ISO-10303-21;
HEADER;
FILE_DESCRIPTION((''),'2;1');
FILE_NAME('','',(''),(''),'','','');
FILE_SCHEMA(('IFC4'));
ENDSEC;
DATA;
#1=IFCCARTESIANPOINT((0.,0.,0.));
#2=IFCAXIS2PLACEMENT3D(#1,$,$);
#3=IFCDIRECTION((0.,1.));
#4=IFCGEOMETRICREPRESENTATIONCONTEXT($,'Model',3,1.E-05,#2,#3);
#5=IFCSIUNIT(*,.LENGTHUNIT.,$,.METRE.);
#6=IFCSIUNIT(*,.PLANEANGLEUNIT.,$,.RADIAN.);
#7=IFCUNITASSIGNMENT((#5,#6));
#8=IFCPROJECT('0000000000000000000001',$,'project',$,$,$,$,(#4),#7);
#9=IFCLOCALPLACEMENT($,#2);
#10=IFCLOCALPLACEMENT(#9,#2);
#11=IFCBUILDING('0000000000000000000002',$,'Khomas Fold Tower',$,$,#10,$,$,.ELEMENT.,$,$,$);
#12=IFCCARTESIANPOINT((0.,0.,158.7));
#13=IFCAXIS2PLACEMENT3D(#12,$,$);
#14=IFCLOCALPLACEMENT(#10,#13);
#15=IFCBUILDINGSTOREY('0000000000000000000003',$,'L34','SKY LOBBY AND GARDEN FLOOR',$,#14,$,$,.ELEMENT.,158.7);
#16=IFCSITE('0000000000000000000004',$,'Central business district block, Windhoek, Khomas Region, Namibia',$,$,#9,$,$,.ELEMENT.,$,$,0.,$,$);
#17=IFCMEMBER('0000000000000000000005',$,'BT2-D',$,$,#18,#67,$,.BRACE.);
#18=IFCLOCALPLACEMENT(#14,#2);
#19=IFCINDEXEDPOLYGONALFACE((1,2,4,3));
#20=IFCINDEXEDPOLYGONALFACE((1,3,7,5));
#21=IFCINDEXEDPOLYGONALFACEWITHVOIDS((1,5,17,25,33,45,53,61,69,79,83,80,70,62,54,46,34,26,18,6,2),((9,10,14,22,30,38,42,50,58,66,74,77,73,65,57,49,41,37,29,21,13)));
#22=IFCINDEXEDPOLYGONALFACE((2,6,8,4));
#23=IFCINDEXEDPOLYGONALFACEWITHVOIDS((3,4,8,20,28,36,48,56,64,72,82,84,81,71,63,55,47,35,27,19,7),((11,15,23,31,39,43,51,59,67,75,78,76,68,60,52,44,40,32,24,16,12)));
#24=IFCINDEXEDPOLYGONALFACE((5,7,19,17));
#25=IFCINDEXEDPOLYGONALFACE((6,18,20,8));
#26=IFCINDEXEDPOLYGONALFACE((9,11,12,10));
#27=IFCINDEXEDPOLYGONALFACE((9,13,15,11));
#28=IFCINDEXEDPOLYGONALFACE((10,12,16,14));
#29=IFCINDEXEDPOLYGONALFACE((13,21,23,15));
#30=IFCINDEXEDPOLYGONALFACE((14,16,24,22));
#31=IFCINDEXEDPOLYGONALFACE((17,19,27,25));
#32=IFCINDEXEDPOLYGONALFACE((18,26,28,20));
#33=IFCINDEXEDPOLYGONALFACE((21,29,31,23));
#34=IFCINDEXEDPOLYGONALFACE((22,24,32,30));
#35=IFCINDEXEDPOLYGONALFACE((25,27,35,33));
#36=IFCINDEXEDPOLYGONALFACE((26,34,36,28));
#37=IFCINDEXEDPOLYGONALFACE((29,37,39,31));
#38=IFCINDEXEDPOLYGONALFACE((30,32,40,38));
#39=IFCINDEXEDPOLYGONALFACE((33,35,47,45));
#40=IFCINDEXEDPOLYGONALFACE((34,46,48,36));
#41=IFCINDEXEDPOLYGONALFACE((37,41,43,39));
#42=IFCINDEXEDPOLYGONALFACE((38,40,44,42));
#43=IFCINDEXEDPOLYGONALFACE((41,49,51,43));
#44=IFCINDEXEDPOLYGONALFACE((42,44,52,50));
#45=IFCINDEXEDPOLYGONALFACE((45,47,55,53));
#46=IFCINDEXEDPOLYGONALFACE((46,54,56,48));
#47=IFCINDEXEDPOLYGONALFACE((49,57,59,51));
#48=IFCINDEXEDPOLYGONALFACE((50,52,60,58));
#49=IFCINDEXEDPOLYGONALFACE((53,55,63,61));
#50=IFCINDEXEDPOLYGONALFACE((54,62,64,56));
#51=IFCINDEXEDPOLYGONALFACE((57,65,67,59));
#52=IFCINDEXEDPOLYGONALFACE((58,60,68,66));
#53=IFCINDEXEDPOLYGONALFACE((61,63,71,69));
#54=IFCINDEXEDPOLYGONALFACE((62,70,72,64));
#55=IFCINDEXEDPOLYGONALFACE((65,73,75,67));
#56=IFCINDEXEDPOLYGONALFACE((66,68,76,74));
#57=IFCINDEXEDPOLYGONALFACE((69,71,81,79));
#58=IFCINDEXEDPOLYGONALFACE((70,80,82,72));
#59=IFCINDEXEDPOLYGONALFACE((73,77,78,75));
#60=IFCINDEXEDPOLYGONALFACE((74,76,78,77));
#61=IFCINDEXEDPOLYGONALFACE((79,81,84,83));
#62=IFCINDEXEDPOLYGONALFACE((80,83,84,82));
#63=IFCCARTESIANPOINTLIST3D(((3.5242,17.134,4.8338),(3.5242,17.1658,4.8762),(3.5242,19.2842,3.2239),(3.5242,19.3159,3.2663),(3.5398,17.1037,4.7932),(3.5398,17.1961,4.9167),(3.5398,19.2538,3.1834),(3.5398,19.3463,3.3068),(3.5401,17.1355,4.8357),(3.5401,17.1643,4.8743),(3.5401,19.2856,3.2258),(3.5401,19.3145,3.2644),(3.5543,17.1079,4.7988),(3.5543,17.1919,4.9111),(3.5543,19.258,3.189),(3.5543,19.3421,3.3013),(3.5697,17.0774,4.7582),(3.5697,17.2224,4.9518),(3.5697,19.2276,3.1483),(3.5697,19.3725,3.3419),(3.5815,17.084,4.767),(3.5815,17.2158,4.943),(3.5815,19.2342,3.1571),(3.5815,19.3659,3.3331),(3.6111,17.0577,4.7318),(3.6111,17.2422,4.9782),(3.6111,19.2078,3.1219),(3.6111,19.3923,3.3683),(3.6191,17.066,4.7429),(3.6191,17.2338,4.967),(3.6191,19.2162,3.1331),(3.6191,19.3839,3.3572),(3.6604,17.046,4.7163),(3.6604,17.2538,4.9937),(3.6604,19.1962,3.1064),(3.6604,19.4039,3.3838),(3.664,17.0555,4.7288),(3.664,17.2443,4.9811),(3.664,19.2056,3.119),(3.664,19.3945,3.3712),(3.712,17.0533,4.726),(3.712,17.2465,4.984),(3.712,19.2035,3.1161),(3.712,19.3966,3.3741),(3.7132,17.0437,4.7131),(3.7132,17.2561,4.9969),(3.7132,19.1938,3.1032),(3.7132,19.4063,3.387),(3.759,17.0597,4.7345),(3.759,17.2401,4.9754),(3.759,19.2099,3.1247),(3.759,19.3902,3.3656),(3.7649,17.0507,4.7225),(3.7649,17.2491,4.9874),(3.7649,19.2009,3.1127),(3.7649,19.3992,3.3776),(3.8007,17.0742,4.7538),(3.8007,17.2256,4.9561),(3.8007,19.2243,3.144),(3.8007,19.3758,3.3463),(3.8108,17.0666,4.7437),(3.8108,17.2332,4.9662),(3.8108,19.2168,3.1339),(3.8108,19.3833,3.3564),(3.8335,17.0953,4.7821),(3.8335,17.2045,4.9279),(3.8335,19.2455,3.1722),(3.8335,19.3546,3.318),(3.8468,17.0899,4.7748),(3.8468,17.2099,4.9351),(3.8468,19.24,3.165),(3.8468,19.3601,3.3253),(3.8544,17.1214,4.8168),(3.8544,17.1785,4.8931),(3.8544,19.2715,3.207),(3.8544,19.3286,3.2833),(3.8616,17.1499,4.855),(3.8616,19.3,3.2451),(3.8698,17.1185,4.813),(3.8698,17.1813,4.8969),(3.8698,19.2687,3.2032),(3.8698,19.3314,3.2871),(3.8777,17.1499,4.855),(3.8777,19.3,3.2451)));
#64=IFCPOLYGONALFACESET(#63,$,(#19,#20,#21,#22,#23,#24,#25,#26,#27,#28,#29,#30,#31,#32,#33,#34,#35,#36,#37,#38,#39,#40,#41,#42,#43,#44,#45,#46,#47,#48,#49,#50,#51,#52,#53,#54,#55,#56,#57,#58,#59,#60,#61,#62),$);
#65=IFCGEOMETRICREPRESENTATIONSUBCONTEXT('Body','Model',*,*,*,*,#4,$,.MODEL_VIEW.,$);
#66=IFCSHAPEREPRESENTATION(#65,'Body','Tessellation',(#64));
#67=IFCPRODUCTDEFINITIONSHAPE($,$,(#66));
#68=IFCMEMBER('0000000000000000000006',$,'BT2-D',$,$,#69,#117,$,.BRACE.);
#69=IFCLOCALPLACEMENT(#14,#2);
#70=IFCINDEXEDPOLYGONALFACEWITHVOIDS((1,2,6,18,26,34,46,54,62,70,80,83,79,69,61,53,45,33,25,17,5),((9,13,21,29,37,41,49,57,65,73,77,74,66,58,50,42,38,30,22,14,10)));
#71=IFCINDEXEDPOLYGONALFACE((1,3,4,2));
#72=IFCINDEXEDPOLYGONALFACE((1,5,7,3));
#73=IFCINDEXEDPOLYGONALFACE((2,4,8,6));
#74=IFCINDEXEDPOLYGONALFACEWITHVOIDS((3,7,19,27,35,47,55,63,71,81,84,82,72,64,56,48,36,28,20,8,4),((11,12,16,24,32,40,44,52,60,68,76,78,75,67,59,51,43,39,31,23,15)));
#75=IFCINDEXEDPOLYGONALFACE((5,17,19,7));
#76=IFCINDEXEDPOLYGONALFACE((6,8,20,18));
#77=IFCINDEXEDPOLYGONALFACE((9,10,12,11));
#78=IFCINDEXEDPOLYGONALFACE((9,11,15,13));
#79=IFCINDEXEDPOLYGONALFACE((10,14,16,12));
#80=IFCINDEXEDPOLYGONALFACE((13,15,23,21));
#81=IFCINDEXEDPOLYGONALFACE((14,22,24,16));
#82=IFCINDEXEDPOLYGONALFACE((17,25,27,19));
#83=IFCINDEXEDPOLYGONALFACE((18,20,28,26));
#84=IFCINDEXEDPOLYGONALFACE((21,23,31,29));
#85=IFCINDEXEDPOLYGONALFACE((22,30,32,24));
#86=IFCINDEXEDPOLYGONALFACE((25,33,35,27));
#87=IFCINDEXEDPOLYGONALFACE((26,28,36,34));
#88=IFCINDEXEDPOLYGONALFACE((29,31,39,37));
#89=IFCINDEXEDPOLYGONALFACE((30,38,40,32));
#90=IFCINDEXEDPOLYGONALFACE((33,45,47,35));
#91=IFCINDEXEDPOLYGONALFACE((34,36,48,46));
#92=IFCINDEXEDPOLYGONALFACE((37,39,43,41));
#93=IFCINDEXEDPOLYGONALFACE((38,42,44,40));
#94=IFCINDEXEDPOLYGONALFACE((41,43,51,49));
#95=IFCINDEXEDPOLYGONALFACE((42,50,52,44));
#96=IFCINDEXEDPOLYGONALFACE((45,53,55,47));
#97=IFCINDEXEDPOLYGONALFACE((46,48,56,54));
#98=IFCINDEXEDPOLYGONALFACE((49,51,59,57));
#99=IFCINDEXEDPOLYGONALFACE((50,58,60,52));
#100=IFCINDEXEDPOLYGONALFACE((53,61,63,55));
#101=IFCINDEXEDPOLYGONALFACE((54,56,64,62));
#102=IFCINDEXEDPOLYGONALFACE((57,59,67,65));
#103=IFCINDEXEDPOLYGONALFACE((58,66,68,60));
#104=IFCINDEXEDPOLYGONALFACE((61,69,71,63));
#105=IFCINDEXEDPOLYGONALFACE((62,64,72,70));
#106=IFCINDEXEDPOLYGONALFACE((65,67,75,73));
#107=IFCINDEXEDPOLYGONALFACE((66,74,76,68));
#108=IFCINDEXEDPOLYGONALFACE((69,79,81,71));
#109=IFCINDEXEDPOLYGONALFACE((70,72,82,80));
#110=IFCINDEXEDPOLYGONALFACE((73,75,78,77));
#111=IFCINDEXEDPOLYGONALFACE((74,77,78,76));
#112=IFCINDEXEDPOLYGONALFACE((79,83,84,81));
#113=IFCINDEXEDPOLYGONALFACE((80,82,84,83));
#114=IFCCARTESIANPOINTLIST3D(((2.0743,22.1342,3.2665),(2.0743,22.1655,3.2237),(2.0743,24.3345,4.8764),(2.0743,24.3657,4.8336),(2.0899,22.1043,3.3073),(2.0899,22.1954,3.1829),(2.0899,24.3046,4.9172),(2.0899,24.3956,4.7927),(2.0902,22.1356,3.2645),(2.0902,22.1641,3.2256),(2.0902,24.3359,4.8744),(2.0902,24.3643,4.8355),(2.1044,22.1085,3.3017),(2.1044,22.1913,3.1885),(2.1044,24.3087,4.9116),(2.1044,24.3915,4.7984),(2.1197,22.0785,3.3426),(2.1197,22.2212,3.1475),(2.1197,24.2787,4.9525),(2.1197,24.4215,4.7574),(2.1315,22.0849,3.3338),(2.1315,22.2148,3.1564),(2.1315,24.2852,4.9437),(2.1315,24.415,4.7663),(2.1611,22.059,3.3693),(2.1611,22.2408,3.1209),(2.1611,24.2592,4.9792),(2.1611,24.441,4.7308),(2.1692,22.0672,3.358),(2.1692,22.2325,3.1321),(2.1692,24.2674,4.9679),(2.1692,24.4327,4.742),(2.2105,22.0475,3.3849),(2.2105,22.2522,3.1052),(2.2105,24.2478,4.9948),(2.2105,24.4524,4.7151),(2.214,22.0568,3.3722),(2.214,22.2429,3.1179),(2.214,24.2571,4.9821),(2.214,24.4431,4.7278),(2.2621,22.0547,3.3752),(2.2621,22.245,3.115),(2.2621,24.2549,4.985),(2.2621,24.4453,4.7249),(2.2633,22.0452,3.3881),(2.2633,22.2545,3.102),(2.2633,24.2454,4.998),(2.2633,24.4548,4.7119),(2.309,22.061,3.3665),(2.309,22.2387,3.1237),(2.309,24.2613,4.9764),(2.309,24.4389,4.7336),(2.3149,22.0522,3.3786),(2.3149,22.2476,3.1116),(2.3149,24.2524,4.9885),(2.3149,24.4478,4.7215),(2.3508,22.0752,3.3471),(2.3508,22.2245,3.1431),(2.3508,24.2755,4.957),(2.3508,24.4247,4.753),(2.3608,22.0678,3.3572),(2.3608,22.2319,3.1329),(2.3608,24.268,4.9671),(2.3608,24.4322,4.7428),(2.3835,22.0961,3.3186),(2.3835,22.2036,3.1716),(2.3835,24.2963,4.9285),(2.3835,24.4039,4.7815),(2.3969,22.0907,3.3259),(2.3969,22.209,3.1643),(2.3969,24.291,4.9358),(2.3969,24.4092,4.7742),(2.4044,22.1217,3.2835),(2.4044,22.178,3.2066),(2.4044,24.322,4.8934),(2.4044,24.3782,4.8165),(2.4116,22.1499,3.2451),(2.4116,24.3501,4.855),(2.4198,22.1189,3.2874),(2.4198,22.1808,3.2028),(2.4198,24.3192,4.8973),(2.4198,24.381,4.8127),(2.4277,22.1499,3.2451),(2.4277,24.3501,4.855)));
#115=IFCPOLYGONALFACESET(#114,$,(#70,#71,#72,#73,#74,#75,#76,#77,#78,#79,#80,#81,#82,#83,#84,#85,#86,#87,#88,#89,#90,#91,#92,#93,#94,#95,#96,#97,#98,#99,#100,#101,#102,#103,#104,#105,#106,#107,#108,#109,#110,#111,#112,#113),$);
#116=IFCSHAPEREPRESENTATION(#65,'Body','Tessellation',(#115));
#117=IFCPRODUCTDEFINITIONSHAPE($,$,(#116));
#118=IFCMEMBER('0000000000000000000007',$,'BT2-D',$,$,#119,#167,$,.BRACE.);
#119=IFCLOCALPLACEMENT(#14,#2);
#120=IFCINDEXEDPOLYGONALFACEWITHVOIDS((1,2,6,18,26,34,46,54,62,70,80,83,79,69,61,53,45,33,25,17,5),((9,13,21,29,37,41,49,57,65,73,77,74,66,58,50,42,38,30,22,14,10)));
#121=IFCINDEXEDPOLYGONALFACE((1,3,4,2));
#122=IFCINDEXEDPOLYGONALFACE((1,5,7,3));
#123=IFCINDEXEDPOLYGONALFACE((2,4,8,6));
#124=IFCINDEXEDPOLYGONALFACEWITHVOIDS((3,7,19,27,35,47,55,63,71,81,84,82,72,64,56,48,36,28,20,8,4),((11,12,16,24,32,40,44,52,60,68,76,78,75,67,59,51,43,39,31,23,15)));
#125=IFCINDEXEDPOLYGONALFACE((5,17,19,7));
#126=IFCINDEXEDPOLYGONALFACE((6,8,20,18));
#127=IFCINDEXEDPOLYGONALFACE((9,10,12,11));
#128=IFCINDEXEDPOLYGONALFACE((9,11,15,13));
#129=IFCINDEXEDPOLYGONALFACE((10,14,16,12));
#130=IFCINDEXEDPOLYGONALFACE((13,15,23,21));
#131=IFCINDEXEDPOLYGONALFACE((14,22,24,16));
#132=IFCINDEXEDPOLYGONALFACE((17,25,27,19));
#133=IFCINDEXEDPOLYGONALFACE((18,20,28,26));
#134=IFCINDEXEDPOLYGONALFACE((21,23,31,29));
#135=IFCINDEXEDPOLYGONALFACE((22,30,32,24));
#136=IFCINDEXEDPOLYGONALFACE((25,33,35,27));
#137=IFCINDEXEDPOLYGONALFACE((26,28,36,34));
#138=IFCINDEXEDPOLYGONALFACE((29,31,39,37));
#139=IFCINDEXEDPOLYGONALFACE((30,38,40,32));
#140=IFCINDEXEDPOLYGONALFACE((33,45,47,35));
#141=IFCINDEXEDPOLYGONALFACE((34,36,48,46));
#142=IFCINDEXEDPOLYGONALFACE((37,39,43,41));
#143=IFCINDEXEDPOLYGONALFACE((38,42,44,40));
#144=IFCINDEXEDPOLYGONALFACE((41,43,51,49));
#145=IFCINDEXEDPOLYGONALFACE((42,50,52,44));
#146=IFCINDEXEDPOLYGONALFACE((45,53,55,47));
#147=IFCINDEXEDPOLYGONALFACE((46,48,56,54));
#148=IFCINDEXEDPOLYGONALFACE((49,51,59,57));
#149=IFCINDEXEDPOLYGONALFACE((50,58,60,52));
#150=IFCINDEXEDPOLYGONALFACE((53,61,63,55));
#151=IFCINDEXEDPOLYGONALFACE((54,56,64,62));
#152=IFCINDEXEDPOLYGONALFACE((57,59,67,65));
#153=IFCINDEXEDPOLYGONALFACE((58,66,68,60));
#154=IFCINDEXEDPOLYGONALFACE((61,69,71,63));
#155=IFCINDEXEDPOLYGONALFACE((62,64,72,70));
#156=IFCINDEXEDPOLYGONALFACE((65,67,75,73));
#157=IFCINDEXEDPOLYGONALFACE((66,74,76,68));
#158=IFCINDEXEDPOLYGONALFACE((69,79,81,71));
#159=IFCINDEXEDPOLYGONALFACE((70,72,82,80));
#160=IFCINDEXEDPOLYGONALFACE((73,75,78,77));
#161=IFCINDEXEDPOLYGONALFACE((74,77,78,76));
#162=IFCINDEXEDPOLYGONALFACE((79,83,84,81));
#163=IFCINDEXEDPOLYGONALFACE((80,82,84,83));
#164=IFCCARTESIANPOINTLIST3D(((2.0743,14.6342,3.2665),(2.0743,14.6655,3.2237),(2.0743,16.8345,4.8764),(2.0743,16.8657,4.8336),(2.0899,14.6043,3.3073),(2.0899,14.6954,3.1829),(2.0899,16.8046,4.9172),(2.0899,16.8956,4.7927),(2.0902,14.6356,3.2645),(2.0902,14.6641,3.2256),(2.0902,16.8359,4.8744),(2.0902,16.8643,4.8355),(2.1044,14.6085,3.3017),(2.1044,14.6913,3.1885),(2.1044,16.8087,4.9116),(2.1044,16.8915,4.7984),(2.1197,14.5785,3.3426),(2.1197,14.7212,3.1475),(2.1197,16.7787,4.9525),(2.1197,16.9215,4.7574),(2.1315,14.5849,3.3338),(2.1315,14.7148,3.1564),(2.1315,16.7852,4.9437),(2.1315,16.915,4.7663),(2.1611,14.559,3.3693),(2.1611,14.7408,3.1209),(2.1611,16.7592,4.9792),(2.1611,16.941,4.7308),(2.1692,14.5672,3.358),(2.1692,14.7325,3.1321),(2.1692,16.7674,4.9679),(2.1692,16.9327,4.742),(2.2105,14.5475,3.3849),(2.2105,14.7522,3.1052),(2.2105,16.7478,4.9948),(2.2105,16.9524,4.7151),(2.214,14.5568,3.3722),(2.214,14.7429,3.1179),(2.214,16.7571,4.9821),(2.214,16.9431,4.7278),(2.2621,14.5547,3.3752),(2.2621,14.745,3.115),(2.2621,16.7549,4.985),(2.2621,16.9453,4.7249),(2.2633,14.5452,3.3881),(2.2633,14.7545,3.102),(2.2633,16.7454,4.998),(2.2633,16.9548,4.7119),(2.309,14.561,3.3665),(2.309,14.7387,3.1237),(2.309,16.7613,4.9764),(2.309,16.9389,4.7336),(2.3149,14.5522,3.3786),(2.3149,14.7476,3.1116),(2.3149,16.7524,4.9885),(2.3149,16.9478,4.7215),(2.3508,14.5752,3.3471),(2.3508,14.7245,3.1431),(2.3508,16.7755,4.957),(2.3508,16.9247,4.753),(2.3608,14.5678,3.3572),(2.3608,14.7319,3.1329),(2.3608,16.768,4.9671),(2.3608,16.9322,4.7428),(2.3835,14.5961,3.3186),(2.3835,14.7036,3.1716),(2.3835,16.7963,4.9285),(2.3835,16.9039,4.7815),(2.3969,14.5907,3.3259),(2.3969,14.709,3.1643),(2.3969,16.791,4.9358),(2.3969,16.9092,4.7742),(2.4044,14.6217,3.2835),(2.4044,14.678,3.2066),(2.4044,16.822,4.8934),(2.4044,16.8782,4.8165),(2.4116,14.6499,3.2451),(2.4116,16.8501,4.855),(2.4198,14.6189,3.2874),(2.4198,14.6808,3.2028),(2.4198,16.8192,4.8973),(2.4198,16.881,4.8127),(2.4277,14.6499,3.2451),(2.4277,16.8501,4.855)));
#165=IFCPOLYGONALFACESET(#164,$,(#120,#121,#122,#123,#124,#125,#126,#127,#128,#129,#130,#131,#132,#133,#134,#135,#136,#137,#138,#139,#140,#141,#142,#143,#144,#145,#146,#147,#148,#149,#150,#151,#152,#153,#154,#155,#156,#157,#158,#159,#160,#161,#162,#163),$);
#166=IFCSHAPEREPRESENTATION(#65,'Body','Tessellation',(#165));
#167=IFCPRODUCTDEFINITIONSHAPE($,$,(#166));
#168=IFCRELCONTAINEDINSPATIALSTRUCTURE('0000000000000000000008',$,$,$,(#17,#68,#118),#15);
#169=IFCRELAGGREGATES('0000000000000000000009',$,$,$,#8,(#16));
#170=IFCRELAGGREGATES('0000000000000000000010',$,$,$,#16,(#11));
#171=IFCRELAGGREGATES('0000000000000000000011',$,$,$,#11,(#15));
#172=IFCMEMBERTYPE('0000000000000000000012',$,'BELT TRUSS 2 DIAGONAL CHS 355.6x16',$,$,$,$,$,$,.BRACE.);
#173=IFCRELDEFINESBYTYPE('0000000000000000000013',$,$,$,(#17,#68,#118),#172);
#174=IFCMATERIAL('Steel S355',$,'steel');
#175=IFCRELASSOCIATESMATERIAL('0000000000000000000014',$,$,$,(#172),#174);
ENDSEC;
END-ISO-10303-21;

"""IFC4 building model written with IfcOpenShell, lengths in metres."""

from ifc_helpers import new_model, si_unit, direction, frame, origin, origin_2d, place, context, subcontext, project, spatial, hollow_circle, extrude, source, transform, mapped, material, material_profile, profile_set, type_object, element, save


model = new_model("IFC4")

# Units and contexts
model_context = context("Model", 3, precision=1e-05, world=origin(), true_north=direction((0.0, 1.0)))
body_context = subcontext(model_context, "Body", "Model", "MODEL_VIEW")
ifc_project = project(units=[si_unit("LENGTHUNIT", "METRE"), si_unit("PLANEANGLEUNIT", "RADIAN")], contexts=[model_context])

# Site, building, storey
site_placement = place(None, origin())
site = spatial("IfcSite", under=ifc_project, at=site_placement, Name="Central business district block, Windhoek, Khomas Region, Namibia", CompositionType="ELEMENT", RefElevation=0.0)
building_placement = place(site_placement, origin())
building = spatial("IfcBuilding", under=site, at=building_placement, Name="Khomas Fold Tower", CompositionType="ELEMENT")
storey_placement = place(building_placement, frame((0.0, 0.0, 158.7)))
storey = spatial("IfcBuildingStorey", under=building, at=storey_placement, Name="L34", Description="SKY LOBBY AND GARDEN FLOOR", CompositionType="ELEMENT", Elevation=158.7)

# Members
ifc_material_1 = material(Name="Steel S355", Category="steel")
ifc_material_profile_1 = material_profile(ifc_material_1, hollow_circle(Radius=0.1777, WallThickness=0.0161, at=origin_2d()), Name="CHS 355.6x16")
ifc_profile_set_1 = profile_set([ifc_material_profile_1], Name="Steel S355")
member_type_1 = type_object("IfcMemberType", Name="BELT TRUSS 2 DIAGONAL CHS 355.6x16", PredefinedType="BRACE", material=ifc_profile_set_1)
shared_shape_1 = source(origin(), body_context, "Body", "SweptSolid", [
    extrude(hollow_circle(Radius=0.1777, WallThickness=0.0161, at=origin_2d()), origin(), (0.0, 0.0, 1.0), 2.686),
])
for number, where, z_axis, x_axis, name in (
    (1, (3.7, 19.3, 3.2451), (0.0, -0.800491, 0.599345), (1.0, 0.0, 0.0), "BT2-D"),
):
    element("IfcMember", number, at=place(storey_placement, frame(where, z_axis=z_axis, x_axis=x_axis)), inside=storey, type_object=member_type_1, Name=name, PredefinedType="BRACE", context=body_context, shape_type="MappedRepresentation", body=[
        mapped(shared_shape_1, transform((0.0, 0.0, 0.0))),
    ])
shared_shape_2 = source(origin(), body_context, "Body", "SweptSolid", [
    extrude(hollow_circle(Radius=0.1777, WallThickness=0.0161, at=origin_2d()), origin(), (0.0, 0.0, 1.0), 2.7263),
])
for number, where, z_axis, x_axis, name in (
    (2, (2.25, 24.3501, 4.855), (0.0, -0.807037, -0.590501), (1.0, 0.0, 0.0), "BT2-D"),
    (3, (2.25, 16.8501, 4.855), (0.0, -0.807037, -0.590501), (1.0, 0.0, 0.0), "BT2-D"),
):
    element("IfcMember", number, at=place(storey_placement, frame(where, z_axis=z_axis, x_axis=x_axis)), inside=storey, type_object=member_type_1, Name=name, PredefinedType="BRACE", context=body_context, shape_type="MappedRepresentation", body=[
        mapped(shared_shape_2, transform((0.0, 0.0, 0.0))),
    ])

save(model, "model.ifc")
